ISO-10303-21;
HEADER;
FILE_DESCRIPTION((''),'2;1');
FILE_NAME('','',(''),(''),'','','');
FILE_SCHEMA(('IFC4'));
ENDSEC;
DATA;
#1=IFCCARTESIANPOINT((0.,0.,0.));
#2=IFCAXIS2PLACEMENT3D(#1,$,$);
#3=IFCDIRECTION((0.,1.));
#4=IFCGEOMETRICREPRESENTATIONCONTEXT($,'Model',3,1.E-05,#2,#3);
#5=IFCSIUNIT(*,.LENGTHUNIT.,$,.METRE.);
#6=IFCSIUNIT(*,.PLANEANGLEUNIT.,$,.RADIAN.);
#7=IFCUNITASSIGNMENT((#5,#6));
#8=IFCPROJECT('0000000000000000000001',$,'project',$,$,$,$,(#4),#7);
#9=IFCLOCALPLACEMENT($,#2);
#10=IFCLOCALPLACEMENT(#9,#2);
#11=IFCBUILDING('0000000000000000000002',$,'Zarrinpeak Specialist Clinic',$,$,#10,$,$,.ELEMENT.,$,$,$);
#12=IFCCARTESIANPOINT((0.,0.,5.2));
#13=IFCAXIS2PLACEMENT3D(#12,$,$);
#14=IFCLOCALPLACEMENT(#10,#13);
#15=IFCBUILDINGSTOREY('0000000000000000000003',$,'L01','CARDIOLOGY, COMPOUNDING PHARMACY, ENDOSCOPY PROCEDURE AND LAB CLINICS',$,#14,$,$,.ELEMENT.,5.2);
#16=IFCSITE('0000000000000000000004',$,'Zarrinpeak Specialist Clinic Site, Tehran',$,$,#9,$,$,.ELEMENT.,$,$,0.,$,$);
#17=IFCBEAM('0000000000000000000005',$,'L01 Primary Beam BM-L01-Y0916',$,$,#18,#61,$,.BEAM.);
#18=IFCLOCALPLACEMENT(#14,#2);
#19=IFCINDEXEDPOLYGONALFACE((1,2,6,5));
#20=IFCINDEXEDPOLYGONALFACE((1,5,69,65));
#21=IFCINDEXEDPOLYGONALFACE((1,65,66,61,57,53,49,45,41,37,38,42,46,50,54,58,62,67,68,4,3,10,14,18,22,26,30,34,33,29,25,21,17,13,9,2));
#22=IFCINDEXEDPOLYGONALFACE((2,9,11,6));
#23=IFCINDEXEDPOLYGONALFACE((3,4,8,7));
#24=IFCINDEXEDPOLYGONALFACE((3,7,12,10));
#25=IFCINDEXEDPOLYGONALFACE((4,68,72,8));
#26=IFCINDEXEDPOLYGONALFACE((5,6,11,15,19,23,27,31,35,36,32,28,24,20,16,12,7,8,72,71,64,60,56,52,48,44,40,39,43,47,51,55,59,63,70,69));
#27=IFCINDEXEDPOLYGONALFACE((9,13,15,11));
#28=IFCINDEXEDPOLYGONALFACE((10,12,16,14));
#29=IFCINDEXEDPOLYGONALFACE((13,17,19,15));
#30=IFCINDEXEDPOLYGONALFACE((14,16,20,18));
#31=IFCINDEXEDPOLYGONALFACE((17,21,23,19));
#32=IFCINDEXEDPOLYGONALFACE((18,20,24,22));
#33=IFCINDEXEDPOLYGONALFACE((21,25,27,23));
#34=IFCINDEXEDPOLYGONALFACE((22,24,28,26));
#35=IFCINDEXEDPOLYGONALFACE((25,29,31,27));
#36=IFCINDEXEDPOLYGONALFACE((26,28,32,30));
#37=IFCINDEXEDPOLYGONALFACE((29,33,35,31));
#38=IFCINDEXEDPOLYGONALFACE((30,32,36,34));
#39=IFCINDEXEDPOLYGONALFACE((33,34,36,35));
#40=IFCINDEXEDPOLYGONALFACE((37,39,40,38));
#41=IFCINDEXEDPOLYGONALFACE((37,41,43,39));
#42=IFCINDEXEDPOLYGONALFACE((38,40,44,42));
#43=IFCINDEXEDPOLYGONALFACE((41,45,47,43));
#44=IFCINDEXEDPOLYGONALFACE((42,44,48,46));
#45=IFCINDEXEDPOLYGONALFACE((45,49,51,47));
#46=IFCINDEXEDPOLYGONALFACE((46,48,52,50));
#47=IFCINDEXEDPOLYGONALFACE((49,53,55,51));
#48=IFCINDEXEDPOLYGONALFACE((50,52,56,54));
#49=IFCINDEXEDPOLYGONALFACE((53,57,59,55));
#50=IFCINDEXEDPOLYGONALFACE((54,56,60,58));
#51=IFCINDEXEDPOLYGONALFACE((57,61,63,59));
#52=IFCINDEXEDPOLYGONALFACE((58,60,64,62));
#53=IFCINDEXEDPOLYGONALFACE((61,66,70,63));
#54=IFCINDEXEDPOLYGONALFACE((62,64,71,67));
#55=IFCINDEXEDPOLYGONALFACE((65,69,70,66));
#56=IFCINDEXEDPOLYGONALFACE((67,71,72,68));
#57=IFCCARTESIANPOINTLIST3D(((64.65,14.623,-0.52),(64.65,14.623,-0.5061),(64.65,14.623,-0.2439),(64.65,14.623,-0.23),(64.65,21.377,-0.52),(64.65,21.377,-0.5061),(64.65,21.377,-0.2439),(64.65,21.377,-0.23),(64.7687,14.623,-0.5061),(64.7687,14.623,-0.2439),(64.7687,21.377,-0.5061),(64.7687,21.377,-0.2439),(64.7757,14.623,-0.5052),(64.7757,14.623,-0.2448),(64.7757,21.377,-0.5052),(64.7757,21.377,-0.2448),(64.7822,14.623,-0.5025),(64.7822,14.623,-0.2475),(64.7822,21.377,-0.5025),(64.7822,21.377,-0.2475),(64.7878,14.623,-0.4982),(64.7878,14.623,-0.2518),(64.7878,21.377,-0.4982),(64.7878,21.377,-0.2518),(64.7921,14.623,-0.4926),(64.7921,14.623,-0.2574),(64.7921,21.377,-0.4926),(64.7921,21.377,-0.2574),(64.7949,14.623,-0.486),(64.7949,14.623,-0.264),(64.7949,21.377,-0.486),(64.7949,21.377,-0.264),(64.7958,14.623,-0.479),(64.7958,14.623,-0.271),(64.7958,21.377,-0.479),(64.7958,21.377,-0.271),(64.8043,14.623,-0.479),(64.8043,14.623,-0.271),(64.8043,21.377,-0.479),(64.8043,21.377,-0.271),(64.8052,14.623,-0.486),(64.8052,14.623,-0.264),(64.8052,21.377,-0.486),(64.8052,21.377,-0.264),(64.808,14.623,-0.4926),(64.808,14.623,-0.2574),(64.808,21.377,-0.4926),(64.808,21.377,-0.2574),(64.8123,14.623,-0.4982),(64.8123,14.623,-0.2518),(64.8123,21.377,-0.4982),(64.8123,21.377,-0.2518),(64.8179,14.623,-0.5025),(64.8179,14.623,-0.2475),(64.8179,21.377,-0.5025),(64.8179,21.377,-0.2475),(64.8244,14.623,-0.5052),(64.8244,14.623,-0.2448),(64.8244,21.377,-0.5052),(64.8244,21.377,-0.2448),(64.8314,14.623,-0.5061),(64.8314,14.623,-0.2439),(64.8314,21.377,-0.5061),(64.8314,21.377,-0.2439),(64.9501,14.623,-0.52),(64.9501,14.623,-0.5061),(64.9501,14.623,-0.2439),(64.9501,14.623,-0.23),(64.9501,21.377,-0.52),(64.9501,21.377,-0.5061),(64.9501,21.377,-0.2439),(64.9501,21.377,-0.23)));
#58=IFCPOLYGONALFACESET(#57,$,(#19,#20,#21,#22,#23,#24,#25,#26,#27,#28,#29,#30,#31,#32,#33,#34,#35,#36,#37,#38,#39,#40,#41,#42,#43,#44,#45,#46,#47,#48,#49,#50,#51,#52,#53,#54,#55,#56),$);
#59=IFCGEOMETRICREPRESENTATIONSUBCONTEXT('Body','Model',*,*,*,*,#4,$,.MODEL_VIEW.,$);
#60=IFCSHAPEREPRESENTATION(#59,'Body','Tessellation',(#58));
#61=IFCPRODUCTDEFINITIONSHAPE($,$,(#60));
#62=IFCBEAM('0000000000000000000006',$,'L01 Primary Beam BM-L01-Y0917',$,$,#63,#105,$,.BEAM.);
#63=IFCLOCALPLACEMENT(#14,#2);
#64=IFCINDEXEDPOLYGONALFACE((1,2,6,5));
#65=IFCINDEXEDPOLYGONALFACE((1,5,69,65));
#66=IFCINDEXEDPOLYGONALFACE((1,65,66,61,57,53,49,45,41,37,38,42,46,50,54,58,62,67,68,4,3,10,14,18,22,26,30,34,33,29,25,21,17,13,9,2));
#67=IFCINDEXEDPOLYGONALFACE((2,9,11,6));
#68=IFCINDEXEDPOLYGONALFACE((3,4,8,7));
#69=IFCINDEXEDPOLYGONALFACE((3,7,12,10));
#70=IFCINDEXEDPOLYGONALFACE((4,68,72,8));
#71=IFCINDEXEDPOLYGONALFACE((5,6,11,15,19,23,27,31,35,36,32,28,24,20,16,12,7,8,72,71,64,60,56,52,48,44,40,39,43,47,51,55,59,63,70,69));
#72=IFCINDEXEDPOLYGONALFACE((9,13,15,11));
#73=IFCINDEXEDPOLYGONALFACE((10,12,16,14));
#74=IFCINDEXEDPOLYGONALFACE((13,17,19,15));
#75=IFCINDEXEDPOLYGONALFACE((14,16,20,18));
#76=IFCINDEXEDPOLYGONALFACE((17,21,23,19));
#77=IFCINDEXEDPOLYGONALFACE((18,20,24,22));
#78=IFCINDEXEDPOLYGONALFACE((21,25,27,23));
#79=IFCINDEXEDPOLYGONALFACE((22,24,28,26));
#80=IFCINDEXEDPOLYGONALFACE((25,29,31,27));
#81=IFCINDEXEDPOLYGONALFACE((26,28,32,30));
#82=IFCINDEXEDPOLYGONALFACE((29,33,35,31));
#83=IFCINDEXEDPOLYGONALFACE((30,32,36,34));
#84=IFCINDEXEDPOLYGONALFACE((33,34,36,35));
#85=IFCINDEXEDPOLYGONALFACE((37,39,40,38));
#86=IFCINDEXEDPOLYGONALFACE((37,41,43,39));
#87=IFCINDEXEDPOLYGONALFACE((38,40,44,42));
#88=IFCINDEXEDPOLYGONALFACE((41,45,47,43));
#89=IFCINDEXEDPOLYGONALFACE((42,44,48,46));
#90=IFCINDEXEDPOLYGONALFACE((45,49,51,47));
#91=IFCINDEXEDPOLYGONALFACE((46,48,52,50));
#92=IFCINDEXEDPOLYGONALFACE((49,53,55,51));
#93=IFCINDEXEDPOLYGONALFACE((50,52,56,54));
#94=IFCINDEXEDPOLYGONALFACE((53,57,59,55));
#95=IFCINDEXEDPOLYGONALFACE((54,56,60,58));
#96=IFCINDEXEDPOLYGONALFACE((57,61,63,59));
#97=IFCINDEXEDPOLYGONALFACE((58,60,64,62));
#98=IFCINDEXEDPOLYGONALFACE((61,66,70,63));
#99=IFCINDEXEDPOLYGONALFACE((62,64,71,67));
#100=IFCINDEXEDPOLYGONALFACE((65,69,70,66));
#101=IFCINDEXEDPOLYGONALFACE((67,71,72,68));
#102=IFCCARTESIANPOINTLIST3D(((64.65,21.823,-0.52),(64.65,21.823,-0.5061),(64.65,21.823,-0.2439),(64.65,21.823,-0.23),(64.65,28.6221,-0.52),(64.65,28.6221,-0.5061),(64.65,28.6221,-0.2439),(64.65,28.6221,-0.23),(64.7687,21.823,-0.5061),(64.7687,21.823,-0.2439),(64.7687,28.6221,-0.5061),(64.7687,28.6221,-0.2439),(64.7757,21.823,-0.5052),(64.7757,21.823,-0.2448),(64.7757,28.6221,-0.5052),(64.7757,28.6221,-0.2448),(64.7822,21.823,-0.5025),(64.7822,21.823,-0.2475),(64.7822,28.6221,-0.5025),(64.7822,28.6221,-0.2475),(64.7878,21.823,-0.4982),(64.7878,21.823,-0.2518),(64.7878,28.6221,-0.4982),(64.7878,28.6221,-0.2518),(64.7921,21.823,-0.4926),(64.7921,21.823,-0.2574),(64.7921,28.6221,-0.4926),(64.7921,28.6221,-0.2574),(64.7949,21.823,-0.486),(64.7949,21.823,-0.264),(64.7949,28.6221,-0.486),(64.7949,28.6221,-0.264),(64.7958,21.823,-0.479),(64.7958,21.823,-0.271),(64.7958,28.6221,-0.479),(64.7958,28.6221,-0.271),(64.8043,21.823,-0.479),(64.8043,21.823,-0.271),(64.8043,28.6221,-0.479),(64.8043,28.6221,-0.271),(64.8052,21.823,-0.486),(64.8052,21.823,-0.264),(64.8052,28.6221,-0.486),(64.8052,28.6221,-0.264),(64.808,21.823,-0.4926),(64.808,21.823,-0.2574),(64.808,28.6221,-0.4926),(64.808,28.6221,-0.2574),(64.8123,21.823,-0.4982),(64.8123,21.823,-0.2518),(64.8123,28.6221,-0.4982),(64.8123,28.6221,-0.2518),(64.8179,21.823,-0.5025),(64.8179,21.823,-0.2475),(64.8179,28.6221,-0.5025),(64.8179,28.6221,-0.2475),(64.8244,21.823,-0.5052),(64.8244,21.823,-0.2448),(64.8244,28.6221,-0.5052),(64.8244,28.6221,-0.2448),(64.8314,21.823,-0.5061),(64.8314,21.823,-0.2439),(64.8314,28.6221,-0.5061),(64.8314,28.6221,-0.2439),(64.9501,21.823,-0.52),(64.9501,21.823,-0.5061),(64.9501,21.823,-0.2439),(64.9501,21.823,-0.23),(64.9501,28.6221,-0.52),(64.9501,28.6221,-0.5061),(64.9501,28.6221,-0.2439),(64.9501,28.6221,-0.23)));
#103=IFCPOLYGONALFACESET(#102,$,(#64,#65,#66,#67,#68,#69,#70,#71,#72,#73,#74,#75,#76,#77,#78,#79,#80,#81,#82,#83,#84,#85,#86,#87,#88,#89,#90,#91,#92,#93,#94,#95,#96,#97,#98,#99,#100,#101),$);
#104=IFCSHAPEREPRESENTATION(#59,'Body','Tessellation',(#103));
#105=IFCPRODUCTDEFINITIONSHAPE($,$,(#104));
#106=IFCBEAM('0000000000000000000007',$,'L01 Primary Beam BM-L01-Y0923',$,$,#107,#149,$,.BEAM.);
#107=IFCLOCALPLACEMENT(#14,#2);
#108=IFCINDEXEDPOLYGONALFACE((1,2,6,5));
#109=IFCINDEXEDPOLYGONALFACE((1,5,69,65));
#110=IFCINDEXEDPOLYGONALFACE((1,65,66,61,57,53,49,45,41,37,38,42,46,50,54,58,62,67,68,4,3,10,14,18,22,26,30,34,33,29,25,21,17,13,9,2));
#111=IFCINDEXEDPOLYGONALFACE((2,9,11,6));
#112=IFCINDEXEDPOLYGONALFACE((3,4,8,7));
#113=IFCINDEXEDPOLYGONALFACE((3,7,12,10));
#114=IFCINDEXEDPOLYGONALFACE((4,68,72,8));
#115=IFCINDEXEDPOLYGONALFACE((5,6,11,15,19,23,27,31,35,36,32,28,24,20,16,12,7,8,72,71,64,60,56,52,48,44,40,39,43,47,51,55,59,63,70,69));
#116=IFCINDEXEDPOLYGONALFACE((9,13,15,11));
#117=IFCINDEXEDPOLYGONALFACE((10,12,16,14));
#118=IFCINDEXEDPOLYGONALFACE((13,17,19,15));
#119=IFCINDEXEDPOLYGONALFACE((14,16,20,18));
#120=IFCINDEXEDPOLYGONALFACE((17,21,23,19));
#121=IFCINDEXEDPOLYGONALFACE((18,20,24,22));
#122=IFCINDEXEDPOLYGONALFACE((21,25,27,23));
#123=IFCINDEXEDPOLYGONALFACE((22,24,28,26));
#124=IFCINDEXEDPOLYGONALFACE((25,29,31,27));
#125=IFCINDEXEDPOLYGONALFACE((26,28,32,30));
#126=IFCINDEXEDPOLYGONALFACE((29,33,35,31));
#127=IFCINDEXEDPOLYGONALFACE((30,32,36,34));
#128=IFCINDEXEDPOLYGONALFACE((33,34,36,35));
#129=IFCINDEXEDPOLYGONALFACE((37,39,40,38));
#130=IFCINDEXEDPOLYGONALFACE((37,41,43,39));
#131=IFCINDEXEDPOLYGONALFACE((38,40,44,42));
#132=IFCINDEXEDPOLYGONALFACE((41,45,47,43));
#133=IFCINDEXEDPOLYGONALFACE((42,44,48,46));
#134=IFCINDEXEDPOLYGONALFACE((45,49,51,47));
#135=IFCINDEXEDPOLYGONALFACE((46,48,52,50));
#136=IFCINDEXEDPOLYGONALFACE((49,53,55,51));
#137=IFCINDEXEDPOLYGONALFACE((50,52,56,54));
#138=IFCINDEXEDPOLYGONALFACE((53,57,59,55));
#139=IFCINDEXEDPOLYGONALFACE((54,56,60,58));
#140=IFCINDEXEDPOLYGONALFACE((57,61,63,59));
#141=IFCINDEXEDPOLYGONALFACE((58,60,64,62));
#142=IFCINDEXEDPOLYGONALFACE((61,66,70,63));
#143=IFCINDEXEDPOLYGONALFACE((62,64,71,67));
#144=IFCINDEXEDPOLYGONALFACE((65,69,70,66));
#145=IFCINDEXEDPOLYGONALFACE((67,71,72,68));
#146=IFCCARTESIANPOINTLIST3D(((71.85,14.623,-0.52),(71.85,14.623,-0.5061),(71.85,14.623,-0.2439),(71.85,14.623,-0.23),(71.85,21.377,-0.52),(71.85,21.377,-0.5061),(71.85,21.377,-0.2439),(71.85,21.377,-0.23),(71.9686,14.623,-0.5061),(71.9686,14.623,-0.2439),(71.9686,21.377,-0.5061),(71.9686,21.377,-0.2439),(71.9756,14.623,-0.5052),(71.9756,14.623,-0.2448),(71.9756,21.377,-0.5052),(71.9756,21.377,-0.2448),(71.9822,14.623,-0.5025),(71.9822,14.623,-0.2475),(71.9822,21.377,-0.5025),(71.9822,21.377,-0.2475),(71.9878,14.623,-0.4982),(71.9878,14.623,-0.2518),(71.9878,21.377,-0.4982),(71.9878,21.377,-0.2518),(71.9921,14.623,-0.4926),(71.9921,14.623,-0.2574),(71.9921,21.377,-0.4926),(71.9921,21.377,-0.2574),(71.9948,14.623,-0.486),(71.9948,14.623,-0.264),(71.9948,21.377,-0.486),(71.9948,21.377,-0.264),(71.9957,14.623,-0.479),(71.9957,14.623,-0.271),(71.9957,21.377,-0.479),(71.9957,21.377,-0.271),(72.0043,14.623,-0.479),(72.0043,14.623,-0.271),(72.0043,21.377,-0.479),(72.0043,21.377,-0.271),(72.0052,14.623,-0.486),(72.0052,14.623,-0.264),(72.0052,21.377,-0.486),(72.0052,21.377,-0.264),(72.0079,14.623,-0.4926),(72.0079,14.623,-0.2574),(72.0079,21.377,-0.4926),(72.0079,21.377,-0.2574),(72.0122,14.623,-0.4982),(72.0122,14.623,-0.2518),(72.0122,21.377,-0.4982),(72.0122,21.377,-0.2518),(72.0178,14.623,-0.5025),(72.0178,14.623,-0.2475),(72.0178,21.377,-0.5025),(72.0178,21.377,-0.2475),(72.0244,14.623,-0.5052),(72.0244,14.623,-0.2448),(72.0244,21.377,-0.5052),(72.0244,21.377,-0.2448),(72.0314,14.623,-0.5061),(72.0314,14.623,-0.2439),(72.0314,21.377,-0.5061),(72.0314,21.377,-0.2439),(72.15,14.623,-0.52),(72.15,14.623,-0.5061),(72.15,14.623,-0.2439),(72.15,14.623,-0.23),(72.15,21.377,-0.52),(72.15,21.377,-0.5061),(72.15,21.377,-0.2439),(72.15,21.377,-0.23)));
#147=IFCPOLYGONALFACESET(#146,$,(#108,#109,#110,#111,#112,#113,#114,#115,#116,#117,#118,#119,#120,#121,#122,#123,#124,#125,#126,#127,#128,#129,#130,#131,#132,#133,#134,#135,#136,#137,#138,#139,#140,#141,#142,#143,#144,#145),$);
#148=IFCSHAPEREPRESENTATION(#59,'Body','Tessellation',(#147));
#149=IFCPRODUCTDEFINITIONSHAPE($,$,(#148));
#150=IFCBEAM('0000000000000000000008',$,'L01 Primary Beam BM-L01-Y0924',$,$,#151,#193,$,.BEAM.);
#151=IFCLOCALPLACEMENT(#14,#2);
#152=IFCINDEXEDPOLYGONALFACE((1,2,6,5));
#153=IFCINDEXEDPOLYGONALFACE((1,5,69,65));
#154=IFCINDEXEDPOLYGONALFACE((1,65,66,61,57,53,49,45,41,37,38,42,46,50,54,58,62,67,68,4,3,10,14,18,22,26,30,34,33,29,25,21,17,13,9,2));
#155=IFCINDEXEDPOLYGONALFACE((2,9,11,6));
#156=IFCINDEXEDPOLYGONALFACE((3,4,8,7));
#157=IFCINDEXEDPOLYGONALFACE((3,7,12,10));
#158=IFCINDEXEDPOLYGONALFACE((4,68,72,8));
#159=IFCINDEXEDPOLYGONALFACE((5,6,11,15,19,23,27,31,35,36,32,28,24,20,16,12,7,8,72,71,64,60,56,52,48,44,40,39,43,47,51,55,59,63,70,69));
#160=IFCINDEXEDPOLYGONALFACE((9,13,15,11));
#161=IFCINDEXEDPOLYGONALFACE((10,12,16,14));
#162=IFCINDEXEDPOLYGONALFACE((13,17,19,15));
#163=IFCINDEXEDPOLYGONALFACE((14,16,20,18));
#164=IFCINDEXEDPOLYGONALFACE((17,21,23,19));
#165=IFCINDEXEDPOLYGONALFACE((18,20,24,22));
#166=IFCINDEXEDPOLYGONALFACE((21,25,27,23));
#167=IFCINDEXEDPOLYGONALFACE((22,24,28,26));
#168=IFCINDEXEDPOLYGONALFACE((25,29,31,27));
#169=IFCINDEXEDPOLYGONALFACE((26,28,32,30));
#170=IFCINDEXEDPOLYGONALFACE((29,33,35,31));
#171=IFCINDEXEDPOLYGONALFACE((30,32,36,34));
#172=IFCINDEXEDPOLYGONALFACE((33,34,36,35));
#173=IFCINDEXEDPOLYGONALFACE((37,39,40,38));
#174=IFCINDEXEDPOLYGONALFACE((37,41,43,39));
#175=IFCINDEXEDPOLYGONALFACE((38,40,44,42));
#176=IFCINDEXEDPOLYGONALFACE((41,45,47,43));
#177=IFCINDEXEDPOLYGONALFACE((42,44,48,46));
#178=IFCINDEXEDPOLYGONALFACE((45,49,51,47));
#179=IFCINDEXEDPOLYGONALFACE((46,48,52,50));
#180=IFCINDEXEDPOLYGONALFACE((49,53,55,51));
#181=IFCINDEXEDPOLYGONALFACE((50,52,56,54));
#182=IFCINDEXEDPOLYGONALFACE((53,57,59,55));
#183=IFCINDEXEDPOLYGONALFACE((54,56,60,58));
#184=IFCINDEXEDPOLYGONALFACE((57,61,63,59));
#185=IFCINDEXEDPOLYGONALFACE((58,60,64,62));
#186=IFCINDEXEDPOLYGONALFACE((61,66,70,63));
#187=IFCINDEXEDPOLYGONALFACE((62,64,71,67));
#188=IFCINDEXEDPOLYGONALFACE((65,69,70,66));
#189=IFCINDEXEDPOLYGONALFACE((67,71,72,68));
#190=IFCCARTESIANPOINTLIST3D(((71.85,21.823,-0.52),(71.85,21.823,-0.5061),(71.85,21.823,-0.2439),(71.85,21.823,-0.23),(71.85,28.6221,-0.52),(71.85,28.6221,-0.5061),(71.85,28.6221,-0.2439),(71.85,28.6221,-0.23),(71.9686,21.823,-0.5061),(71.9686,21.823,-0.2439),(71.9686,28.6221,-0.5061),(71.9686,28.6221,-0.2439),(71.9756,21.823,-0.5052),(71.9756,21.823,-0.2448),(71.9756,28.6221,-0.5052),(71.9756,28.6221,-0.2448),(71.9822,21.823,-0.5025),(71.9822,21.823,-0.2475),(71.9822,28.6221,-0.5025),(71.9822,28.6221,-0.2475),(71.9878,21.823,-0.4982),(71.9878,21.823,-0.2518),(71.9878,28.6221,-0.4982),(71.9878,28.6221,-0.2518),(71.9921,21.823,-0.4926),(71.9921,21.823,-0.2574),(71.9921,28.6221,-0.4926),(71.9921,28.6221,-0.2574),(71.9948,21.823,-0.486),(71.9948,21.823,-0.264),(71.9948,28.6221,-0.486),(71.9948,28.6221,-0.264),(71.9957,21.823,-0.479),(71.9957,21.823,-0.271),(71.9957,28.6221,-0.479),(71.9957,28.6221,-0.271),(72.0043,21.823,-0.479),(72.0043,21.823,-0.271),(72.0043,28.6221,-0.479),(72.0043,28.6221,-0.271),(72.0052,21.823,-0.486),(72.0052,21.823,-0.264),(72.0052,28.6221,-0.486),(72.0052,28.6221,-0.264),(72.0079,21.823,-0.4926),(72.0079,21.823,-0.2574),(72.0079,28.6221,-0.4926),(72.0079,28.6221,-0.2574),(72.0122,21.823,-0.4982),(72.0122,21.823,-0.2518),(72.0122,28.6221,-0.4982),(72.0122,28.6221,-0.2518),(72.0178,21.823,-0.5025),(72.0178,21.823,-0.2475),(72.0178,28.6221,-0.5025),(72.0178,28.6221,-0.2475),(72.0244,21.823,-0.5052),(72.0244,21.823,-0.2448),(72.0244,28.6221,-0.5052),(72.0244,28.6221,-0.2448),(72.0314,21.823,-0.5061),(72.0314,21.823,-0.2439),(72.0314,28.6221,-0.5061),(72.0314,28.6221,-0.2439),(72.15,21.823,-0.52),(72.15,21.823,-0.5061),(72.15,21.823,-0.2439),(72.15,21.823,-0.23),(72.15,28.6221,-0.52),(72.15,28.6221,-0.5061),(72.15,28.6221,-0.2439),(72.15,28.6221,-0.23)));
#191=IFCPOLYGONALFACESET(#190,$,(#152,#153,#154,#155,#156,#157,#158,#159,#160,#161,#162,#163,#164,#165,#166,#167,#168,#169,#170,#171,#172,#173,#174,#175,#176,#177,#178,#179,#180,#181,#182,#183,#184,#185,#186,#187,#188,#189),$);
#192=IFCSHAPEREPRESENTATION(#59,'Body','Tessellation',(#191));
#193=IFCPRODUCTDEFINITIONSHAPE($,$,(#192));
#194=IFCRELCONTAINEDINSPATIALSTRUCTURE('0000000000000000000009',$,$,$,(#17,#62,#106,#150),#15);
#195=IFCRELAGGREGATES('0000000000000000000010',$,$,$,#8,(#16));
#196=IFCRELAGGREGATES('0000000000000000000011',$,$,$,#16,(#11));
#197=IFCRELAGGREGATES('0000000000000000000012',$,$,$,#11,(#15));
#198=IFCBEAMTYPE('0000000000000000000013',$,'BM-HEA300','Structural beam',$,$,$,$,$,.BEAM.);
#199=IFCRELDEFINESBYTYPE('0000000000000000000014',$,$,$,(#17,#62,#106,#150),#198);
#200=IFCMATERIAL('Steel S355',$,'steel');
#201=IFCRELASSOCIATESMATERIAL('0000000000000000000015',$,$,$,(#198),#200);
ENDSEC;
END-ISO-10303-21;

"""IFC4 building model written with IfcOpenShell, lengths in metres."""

from ifc_helpers import new_model, si_unit, direction, frame, origin, origin_2d, place, context, subcontext, project, spatial, i_section, extrude, material, material_profile, profile_set, type_object, element, save


model = new_model("IFC4")

# Units and contexts
model_context = context("Model", 3, precision=1e-05, world=origin(), true_north=direction((0.0, 1.0)))
body_context = subcontext(model_context, "Body", "Model", "MODEL_VIEW")
ifc_project = project(units=[si_unit("LENGTHUNIT", "METRE"), si_unit("PLANEANGLEUNIT", "RADIAN")], contexts=[model_context])

# Site, building, storey
site_placement = place(None, origin())
site = spatial("IfcSite", under=ifc_project, at=site_placement, Name="Zarrinpeak Specialist Clinic Site, Tehran", CompositionType="ELEMENT", RefElevation=0.0)
building_placement = place(site_placement, origin())
building = spatial("IfcBuilding", under=site, at=building_placement, Name="Zarrinpeak Specialist Clinic", CompositionType="ELEMENT")
storey_placement = place(building_placement, frame((0.0, 0.0, 5.2)))
storey = spatial("IfcBuildingStorey", under=building, at=storey_placement, Name="L01", Description="CARDIOLOGY, COMPOUNDING PHARMACY, ENDOSCOPY PROCEDURE AND LAB CLINICS", CompositionType="ELEMENT", Elevation=5.2)

# Shared definitions
ifc_material_1 = material(Name="Steel S355", Category="steel")

# Beams
ifc_material_profile_1 = material_profile(ifc_material_1, i_section(OverallWidth=0.3, OverallDepth=0.29, WebThickness=0.0085, FlangeThickness=0.0139, FilletRadius=0.0271, at=origin_2d()), Name="HEA 300")
ifc_profile_set_1 = profile_set([ifc_material_profile_1], Name="Steel S355")
beam_type_1 = type_object("IfcBeamType", Name="BM-HEA300", Description="Structural beam", PredefinedType="BEAM", material=ifc_profile_set_1)
beam_1_placement = place(storey_placement, frame((64.8, 14.623, -0.375), z_axis=(0.0, 1.0, 0.0), x_axis=(-1.0, 0.0, 0.0)))
element("IfcBeam", 1, at=beam_1_placement, inside=storey, type_object=beam_type_1, Name="L01 Primary Beam BM-L01-Y0916", PredefinedType="BEAM", context=body_context, shape_type="SweptSolid", body=[
    extrude(i_section(OverallWidth=0.3, OverallDepth=0.29, WebThickness=0.0085, FlangeThickness=0.0139, FilletRadius=0.0271, at=origin_2d()), origin(), (0.0, 0.0, 1.0), 6.7539),
])
beam_2_placement = place(storey_placement, frame((64.8, 21.823, -0.375), z_axis=(0.0, 1.0, 0.0), x_axis=(-1.0, 0.0, 0.0)))
element("IfcBeam", 2, at=beam_2_placement, inside=storey, type_object=beam_type_1, Name="L01 Primary Beam BM-L01-Y0917", PredefinedType="BEAM", context=body_context, shape_type="SweptSolid", body=[
    extrude(i_section(OverallWidth=0.3, OverallDepth=0.29, WebThickness=0.0085, FlangeThickness=0.0139, FilletRadius=0.0271, at=origin_2d()), origin(), (0.0, 0.0, 1.0), 6.7991),
])
beam_3_placement = place(storey_placement, frame((72.0, 14.623, -0.375), z_axis=(0.0, 1.0, 0.0), x_axis=(-1.0, 0.0, 0.0)))
element("IfcBeam", 3, at=beam_3_placement, inside=storey, type_object=beam_type_1, Name="L01 Primary Beam BM-L01-Y0923", PredefinedType="BEAM", context=body_context, shape_type="SweptSolid", body=[
    extrude(i_section(OverallWidth=0.3, OverallDepth=0.29, WebThickness=0.0085, FlangeThickness=0.0139, FilletRadius=0.0271, at=origin_2d()), origin(), (0.0, 0.0, 1.0), 6.7539),
])
beam_4_placement = place(storey_placement, frame((72.0, 21.823, -0.375), z_axis=(0.0, 1.0, 0.0), x_axis=(-1.0, 0.0, 0.0)))
element("IfcBeam", 4, at=beam_4_placement, inside=storey, type_object=beam_type_1, Name="L01 Primary Beam BM-L01-Y0924", PredefinedType="BEAM", context=body_context, shape_type="SweptSolid", body=[
    extrude(i_section(OverallWidth=0.3, OverallDepth=0.29, WebThickness=0.0085, FlangeThickness=0.0139, FilletRadius=0.0271, at=origin_2d()), origin(), (0.0, 0.0, 1.0), 6.7991),
])

save(model, "model.ifc")
